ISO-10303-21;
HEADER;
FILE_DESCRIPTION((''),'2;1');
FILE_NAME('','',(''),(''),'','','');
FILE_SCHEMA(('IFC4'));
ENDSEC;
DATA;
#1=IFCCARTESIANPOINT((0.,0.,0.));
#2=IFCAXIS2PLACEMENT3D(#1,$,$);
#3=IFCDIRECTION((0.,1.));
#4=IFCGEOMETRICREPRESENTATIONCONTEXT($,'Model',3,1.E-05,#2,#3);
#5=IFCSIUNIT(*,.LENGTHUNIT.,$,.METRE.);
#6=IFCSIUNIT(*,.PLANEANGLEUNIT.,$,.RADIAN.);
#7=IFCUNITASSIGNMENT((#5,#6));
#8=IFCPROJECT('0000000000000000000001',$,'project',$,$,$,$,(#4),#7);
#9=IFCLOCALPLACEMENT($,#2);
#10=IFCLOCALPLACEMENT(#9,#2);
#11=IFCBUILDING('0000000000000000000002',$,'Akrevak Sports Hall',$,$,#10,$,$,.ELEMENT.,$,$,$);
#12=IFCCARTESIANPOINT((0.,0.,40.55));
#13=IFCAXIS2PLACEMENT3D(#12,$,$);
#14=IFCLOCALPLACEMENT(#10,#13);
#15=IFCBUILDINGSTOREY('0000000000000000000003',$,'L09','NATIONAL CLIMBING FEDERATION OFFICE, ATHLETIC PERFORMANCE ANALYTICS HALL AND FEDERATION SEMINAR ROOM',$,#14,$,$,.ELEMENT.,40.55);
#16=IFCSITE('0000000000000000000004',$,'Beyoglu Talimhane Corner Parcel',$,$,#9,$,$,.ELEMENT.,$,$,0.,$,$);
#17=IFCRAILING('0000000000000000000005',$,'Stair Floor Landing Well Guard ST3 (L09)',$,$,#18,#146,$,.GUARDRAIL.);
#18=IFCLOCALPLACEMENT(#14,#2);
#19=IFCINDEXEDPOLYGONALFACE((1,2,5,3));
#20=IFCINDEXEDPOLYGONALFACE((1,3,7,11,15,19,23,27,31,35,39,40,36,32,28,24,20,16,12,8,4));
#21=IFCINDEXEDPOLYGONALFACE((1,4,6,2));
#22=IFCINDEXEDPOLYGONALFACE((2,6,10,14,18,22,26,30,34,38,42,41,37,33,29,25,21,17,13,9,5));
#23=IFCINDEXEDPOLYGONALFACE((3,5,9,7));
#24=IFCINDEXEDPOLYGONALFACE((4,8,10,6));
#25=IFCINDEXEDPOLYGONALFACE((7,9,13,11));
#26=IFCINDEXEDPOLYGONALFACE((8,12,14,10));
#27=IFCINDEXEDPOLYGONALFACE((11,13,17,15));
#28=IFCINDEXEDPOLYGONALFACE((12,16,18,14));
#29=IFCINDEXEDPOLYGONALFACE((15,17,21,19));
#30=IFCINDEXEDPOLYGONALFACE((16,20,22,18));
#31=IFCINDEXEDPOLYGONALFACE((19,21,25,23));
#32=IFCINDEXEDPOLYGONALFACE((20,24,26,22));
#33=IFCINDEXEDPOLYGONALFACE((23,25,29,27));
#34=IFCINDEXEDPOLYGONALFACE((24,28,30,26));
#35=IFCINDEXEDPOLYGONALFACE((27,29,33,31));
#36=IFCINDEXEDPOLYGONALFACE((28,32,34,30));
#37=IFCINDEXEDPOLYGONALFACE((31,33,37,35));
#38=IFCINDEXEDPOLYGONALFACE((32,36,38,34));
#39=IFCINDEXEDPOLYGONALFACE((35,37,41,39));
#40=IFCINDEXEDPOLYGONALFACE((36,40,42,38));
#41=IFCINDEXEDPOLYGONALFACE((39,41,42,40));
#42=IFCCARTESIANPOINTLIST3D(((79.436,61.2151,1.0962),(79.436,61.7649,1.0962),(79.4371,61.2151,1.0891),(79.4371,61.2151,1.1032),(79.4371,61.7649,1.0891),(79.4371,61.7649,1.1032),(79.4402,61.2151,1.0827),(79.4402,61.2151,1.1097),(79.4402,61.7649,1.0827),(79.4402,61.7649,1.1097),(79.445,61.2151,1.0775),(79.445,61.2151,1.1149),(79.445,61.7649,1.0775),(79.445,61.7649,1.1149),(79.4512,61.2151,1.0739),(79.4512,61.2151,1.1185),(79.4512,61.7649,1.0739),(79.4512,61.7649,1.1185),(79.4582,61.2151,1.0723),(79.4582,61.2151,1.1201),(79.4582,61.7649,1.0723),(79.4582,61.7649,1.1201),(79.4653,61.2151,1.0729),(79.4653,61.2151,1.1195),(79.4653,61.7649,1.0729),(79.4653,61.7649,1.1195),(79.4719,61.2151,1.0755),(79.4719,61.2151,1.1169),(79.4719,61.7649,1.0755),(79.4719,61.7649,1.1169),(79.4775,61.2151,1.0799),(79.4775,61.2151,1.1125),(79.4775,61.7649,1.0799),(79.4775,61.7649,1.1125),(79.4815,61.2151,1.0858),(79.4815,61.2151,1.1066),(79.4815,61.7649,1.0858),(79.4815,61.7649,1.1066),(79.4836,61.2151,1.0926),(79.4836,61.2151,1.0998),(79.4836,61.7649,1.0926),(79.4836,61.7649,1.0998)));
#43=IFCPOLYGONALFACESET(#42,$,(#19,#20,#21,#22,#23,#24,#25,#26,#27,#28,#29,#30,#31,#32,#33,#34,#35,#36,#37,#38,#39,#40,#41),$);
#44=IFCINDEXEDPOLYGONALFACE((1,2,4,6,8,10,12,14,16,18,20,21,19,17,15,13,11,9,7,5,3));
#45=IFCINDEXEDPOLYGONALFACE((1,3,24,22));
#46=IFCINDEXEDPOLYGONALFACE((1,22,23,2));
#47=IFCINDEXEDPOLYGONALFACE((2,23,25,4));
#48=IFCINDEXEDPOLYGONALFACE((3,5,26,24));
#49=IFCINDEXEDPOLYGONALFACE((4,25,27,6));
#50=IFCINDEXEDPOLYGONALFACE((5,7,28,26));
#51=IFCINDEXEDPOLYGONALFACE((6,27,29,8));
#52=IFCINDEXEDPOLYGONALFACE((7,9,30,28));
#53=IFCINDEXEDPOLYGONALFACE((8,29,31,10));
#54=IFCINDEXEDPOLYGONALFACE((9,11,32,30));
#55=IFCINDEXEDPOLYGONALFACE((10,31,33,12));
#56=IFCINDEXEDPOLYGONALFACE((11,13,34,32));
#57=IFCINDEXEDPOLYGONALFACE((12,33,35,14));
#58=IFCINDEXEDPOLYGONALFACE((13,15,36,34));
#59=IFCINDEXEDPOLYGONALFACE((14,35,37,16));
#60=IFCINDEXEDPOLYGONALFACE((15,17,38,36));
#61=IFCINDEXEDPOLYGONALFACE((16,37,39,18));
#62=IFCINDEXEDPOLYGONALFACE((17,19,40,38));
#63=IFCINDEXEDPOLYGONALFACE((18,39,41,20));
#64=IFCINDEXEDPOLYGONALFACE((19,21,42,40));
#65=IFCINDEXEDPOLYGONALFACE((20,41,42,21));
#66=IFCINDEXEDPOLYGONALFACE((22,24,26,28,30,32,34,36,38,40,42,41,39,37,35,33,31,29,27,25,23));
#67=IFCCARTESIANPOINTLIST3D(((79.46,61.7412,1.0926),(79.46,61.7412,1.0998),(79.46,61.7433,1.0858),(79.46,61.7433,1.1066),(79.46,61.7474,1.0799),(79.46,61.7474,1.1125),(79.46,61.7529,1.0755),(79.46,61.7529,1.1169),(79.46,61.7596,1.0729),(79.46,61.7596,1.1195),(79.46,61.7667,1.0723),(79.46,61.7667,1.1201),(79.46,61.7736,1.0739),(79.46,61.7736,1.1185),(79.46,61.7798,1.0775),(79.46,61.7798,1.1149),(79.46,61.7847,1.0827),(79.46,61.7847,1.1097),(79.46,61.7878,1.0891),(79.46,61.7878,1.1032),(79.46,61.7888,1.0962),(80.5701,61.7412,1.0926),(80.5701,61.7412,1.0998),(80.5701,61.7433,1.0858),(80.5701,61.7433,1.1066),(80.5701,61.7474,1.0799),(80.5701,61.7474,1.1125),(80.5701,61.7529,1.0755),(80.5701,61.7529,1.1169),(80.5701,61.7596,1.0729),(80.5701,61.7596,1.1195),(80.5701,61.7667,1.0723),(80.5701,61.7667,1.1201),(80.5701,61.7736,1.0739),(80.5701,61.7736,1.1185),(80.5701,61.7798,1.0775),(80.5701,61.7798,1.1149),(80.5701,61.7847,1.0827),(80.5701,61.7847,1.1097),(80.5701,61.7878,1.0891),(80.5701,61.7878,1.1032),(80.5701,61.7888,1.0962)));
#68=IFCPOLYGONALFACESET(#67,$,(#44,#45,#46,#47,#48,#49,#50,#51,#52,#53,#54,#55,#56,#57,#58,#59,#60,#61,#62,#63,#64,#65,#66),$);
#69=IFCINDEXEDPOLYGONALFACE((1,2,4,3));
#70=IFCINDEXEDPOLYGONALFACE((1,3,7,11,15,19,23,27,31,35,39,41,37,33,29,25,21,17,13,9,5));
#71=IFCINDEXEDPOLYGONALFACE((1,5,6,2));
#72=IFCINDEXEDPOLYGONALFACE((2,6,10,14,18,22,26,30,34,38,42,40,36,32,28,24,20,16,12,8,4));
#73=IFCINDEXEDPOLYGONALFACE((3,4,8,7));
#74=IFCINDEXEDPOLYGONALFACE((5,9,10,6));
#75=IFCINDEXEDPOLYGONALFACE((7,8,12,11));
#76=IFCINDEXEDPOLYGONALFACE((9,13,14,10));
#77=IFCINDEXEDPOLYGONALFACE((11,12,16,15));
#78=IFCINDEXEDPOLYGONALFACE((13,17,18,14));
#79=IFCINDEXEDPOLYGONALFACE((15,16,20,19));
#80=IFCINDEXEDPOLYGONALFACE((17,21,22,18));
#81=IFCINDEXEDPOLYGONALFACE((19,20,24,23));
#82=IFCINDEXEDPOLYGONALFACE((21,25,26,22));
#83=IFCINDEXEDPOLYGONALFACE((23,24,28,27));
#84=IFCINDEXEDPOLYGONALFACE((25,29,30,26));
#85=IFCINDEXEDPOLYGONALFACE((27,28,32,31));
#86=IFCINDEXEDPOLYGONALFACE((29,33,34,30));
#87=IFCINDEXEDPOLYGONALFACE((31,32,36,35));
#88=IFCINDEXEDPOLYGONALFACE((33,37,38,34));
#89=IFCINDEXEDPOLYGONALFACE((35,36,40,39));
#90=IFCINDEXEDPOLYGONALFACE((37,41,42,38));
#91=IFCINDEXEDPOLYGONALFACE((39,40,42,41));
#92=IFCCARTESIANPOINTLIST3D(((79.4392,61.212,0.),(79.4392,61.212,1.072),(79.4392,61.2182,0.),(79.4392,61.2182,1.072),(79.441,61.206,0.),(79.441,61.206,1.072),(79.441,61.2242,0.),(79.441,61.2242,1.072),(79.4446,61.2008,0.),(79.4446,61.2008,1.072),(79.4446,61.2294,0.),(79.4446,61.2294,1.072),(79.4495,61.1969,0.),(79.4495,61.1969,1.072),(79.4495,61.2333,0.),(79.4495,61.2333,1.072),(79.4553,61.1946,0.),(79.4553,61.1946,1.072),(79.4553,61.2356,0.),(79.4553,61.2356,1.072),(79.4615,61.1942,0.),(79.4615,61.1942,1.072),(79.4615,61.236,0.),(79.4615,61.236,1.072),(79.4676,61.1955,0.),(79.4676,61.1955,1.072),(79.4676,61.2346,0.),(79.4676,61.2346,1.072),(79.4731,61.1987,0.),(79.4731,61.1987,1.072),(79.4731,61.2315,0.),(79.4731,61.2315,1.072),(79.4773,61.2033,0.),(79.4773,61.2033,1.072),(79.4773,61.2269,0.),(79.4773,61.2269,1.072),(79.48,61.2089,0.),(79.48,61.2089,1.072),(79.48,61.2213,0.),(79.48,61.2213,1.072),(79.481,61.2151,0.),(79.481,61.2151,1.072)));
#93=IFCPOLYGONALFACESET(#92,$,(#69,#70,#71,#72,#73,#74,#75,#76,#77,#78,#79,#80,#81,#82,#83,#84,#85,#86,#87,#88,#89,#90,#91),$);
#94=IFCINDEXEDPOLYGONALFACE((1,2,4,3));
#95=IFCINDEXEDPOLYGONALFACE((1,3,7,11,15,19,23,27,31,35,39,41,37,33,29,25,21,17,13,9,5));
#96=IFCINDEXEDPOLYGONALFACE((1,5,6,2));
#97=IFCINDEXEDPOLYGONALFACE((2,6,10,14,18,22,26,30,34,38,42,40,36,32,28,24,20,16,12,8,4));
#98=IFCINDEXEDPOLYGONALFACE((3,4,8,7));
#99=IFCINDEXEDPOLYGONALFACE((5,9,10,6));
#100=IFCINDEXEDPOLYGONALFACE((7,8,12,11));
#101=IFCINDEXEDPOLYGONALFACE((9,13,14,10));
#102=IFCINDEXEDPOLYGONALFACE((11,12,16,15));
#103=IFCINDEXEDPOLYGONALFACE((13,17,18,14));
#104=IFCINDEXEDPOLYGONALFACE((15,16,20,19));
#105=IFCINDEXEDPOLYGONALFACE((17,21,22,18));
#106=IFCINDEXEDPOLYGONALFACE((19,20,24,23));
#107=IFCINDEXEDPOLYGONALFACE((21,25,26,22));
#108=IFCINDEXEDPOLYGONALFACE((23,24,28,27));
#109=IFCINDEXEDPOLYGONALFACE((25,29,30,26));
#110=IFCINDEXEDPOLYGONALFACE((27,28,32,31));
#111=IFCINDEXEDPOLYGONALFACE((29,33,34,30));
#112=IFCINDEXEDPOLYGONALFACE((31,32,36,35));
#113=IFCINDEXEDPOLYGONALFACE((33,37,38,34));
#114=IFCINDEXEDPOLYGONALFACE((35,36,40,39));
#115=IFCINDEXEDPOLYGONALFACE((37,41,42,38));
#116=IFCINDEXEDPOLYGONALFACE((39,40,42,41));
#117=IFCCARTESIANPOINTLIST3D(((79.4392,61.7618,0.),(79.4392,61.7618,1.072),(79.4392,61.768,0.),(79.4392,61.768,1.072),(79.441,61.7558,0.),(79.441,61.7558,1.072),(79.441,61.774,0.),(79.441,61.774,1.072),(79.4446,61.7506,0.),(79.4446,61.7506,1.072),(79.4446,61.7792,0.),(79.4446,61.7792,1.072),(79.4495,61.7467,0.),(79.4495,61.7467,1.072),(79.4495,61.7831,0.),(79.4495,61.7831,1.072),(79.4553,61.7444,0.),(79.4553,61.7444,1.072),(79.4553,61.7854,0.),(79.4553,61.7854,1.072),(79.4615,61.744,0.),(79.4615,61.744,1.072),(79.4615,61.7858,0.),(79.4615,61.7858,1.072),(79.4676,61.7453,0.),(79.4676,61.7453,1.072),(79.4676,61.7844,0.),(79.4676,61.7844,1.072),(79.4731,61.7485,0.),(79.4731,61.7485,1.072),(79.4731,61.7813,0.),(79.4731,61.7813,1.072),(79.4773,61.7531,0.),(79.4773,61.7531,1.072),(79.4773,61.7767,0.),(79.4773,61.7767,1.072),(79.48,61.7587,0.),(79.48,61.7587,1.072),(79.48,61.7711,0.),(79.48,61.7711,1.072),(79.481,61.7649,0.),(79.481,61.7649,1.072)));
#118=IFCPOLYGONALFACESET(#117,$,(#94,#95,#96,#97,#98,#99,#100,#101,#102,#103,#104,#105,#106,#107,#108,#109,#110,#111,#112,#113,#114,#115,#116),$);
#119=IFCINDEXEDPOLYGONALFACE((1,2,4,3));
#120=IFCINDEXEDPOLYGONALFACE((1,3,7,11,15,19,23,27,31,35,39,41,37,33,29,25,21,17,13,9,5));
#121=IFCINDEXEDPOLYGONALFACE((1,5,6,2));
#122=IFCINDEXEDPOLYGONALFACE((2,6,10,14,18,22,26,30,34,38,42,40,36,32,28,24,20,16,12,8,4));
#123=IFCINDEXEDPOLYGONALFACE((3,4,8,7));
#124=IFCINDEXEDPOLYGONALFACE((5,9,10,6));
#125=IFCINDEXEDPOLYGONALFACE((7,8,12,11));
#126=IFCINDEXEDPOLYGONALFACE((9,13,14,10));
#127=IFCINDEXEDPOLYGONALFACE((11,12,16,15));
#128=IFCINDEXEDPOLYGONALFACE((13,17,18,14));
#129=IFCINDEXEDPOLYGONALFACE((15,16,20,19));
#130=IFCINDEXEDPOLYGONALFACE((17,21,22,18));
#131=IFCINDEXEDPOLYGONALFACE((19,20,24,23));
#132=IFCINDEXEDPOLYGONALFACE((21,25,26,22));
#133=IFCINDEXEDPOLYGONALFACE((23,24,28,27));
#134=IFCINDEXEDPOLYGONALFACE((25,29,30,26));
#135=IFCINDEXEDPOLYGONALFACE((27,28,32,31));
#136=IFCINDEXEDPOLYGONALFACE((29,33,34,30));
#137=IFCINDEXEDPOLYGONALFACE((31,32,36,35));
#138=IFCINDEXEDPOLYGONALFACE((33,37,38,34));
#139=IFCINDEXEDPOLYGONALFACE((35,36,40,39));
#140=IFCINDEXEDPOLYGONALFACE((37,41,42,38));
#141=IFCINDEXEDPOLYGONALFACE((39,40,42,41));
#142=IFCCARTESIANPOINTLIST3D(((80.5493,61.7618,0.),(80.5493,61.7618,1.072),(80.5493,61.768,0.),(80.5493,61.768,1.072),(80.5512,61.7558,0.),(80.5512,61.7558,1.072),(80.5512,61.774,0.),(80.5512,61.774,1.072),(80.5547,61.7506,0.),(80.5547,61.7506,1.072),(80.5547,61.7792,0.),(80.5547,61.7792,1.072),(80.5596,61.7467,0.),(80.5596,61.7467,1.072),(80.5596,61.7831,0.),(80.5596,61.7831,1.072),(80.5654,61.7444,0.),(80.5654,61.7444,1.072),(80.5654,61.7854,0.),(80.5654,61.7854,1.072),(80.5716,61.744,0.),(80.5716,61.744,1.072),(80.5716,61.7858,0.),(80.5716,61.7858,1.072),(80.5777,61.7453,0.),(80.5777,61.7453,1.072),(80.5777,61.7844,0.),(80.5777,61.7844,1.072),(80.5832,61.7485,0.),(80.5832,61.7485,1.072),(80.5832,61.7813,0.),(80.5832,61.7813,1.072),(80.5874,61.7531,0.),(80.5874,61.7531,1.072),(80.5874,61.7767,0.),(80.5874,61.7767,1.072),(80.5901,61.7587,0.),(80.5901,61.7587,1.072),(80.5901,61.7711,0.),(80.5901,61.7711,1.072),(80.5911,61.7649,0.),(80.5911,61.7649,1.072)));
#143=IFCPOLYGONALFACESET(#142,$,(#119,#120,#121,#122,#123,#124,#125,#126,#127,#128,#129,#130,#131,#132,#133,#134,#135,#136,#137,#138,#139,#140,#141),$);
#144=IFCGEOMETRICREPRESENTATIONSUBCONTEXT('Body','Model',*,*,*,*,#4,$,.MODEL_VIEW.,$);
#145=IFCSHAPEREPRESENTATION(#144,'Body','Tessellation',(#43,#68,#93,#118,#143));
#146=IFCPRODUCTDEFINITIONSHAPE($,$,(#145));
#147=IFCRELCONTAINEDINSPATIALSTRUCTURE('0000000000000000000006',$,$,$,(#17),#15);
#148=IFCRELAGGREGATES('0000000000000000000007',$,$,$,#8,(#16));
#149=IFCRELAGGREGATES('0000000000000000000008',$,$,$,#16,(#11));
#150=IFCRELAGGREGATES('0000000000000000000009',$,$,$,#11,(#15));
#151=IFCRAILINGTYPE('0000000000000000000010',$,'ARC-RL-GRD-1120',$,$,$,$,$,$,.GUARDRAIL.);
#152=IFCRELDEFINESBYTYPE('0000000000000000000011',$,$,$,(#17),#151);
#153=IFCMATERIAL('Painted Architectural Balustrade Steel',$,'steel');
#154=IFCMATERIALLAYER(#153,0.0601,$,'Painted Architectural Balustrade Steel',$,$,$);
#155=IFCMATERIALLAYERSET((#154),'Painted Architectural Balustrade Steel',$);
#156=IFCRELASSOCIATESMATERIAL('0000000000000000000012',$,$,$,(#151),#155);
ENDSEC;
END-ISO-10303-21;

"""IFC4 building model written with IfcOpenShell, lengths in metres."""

from ifc_helpers import new_model, si_unit, direction, frame, origin, origin_2d, place, context, subcontext, project, spatial, circle, extrude, material, layer, layer_set, type_object, element, save


model = new_model("IFC4")

# Units and contexts
model_context = context("Model", 3, precision=1e-05, world=origin(), true_north=direction((0.0, 1.0)))
body_context = subcontext(model_context, "Body", "Model", "MODEL_VIEW")
ifc_project = project(units=[si_unit("LENGTHUNIT", "METRE"), si_unit("PLANEANGLEUNIT", "RADIAN")], contexts=[model_context])

# Site, building, storey
site_placement = place(None, origin())
site = spatial("IfcSite", under=ifc_project, at=site_placement, Name="Beyoglu Talimhane Corner Parcel", CompositionType="ELEMENT", RefElevation=0.0)
building_placement = place(site_placement, origin())
building = spatial("IfcBuilding", under=site, at=building_placement, Name="Akrevak Sports Hall", CompositionType="ELEMENT")
storey_placement = place(building_placement, frame((0.0, 0.0, 40.55)))
storey = spatial("IfcBuildingStorey", under=building, at=storey_placement, Name="L09", Description="NATIONAL CLIMBING FEDERATION OFFICE, ATHLETIC PERFORMANCE ANALYTICS HALL AND FEDERATION SEMINAR ROOM", CompositionType="ELEMENT", Elevation=40.55)

# Railing
ifc_material_1 = material(Name="Painted Architectural Balustrade Steel", Category="steel")
ifc_layer_1 = layer(ifc_material_1, 0.0601, Name="Painted Architectural Balustrade Steel")
ifc_layer_set_1 = layer_set([ifc_layer_1], Name="Painted Architectural Balustrade Steel")
railing_type_1 = type_object("IfcRailingType", Name="ARC-RL-GRD-1120", PredefinedType="GUARDRAIL", material=ifc_layer_set_1)
railing_1_placement = place(storey_placement, frame((79.46, 61.2151, 0.0)))
element("IfcRailing", 1, at=railing_1_placement, inside=storey, type_object=railing_type_1, Name="Stair Floor Landing Well Guard ST3 (L09)", PredefinedType="GUARDRAIL", context=body_context, shape_type="SweptSolid", body=[
    extrude(circle(Radius=0.0239, at=origin_2d()), frame((0.0, 0.0, 1.0962), z_axis=(0.0, 1.0, 0.0), x_axis=(-1.0, 0.0, 0.0)), (0.0, 0.0, 1.0), 0.5498),
    extrude(circle(Radius=0.0239, at=origin_2d()), frame((0.0, 0.5498, 1.0962), z_axis=(1.0, 0.0, 0.0), x_axis=(0.0, 1.0, 0.0)), (0.0, 0.0, 1.0), 1.1101),
    extrude(circle(Radius=0.021, at=origin_2d()), origin(), (0.0, 0.0, 1.0), 1.072),
    extrude(circle(Radius=0.021, at=origin_2d()), frame((0.0, 0.5498, 0.0)), (0.0, 0.0, 1.0), 1.072),
    extrude(circle(Radius=0.021, at=origin_2d()), frame((1.1101, 0.5498, 0.0)), (0.0, 0.0, 1.0), 1.072),
])

save(model, "model.ifc")
